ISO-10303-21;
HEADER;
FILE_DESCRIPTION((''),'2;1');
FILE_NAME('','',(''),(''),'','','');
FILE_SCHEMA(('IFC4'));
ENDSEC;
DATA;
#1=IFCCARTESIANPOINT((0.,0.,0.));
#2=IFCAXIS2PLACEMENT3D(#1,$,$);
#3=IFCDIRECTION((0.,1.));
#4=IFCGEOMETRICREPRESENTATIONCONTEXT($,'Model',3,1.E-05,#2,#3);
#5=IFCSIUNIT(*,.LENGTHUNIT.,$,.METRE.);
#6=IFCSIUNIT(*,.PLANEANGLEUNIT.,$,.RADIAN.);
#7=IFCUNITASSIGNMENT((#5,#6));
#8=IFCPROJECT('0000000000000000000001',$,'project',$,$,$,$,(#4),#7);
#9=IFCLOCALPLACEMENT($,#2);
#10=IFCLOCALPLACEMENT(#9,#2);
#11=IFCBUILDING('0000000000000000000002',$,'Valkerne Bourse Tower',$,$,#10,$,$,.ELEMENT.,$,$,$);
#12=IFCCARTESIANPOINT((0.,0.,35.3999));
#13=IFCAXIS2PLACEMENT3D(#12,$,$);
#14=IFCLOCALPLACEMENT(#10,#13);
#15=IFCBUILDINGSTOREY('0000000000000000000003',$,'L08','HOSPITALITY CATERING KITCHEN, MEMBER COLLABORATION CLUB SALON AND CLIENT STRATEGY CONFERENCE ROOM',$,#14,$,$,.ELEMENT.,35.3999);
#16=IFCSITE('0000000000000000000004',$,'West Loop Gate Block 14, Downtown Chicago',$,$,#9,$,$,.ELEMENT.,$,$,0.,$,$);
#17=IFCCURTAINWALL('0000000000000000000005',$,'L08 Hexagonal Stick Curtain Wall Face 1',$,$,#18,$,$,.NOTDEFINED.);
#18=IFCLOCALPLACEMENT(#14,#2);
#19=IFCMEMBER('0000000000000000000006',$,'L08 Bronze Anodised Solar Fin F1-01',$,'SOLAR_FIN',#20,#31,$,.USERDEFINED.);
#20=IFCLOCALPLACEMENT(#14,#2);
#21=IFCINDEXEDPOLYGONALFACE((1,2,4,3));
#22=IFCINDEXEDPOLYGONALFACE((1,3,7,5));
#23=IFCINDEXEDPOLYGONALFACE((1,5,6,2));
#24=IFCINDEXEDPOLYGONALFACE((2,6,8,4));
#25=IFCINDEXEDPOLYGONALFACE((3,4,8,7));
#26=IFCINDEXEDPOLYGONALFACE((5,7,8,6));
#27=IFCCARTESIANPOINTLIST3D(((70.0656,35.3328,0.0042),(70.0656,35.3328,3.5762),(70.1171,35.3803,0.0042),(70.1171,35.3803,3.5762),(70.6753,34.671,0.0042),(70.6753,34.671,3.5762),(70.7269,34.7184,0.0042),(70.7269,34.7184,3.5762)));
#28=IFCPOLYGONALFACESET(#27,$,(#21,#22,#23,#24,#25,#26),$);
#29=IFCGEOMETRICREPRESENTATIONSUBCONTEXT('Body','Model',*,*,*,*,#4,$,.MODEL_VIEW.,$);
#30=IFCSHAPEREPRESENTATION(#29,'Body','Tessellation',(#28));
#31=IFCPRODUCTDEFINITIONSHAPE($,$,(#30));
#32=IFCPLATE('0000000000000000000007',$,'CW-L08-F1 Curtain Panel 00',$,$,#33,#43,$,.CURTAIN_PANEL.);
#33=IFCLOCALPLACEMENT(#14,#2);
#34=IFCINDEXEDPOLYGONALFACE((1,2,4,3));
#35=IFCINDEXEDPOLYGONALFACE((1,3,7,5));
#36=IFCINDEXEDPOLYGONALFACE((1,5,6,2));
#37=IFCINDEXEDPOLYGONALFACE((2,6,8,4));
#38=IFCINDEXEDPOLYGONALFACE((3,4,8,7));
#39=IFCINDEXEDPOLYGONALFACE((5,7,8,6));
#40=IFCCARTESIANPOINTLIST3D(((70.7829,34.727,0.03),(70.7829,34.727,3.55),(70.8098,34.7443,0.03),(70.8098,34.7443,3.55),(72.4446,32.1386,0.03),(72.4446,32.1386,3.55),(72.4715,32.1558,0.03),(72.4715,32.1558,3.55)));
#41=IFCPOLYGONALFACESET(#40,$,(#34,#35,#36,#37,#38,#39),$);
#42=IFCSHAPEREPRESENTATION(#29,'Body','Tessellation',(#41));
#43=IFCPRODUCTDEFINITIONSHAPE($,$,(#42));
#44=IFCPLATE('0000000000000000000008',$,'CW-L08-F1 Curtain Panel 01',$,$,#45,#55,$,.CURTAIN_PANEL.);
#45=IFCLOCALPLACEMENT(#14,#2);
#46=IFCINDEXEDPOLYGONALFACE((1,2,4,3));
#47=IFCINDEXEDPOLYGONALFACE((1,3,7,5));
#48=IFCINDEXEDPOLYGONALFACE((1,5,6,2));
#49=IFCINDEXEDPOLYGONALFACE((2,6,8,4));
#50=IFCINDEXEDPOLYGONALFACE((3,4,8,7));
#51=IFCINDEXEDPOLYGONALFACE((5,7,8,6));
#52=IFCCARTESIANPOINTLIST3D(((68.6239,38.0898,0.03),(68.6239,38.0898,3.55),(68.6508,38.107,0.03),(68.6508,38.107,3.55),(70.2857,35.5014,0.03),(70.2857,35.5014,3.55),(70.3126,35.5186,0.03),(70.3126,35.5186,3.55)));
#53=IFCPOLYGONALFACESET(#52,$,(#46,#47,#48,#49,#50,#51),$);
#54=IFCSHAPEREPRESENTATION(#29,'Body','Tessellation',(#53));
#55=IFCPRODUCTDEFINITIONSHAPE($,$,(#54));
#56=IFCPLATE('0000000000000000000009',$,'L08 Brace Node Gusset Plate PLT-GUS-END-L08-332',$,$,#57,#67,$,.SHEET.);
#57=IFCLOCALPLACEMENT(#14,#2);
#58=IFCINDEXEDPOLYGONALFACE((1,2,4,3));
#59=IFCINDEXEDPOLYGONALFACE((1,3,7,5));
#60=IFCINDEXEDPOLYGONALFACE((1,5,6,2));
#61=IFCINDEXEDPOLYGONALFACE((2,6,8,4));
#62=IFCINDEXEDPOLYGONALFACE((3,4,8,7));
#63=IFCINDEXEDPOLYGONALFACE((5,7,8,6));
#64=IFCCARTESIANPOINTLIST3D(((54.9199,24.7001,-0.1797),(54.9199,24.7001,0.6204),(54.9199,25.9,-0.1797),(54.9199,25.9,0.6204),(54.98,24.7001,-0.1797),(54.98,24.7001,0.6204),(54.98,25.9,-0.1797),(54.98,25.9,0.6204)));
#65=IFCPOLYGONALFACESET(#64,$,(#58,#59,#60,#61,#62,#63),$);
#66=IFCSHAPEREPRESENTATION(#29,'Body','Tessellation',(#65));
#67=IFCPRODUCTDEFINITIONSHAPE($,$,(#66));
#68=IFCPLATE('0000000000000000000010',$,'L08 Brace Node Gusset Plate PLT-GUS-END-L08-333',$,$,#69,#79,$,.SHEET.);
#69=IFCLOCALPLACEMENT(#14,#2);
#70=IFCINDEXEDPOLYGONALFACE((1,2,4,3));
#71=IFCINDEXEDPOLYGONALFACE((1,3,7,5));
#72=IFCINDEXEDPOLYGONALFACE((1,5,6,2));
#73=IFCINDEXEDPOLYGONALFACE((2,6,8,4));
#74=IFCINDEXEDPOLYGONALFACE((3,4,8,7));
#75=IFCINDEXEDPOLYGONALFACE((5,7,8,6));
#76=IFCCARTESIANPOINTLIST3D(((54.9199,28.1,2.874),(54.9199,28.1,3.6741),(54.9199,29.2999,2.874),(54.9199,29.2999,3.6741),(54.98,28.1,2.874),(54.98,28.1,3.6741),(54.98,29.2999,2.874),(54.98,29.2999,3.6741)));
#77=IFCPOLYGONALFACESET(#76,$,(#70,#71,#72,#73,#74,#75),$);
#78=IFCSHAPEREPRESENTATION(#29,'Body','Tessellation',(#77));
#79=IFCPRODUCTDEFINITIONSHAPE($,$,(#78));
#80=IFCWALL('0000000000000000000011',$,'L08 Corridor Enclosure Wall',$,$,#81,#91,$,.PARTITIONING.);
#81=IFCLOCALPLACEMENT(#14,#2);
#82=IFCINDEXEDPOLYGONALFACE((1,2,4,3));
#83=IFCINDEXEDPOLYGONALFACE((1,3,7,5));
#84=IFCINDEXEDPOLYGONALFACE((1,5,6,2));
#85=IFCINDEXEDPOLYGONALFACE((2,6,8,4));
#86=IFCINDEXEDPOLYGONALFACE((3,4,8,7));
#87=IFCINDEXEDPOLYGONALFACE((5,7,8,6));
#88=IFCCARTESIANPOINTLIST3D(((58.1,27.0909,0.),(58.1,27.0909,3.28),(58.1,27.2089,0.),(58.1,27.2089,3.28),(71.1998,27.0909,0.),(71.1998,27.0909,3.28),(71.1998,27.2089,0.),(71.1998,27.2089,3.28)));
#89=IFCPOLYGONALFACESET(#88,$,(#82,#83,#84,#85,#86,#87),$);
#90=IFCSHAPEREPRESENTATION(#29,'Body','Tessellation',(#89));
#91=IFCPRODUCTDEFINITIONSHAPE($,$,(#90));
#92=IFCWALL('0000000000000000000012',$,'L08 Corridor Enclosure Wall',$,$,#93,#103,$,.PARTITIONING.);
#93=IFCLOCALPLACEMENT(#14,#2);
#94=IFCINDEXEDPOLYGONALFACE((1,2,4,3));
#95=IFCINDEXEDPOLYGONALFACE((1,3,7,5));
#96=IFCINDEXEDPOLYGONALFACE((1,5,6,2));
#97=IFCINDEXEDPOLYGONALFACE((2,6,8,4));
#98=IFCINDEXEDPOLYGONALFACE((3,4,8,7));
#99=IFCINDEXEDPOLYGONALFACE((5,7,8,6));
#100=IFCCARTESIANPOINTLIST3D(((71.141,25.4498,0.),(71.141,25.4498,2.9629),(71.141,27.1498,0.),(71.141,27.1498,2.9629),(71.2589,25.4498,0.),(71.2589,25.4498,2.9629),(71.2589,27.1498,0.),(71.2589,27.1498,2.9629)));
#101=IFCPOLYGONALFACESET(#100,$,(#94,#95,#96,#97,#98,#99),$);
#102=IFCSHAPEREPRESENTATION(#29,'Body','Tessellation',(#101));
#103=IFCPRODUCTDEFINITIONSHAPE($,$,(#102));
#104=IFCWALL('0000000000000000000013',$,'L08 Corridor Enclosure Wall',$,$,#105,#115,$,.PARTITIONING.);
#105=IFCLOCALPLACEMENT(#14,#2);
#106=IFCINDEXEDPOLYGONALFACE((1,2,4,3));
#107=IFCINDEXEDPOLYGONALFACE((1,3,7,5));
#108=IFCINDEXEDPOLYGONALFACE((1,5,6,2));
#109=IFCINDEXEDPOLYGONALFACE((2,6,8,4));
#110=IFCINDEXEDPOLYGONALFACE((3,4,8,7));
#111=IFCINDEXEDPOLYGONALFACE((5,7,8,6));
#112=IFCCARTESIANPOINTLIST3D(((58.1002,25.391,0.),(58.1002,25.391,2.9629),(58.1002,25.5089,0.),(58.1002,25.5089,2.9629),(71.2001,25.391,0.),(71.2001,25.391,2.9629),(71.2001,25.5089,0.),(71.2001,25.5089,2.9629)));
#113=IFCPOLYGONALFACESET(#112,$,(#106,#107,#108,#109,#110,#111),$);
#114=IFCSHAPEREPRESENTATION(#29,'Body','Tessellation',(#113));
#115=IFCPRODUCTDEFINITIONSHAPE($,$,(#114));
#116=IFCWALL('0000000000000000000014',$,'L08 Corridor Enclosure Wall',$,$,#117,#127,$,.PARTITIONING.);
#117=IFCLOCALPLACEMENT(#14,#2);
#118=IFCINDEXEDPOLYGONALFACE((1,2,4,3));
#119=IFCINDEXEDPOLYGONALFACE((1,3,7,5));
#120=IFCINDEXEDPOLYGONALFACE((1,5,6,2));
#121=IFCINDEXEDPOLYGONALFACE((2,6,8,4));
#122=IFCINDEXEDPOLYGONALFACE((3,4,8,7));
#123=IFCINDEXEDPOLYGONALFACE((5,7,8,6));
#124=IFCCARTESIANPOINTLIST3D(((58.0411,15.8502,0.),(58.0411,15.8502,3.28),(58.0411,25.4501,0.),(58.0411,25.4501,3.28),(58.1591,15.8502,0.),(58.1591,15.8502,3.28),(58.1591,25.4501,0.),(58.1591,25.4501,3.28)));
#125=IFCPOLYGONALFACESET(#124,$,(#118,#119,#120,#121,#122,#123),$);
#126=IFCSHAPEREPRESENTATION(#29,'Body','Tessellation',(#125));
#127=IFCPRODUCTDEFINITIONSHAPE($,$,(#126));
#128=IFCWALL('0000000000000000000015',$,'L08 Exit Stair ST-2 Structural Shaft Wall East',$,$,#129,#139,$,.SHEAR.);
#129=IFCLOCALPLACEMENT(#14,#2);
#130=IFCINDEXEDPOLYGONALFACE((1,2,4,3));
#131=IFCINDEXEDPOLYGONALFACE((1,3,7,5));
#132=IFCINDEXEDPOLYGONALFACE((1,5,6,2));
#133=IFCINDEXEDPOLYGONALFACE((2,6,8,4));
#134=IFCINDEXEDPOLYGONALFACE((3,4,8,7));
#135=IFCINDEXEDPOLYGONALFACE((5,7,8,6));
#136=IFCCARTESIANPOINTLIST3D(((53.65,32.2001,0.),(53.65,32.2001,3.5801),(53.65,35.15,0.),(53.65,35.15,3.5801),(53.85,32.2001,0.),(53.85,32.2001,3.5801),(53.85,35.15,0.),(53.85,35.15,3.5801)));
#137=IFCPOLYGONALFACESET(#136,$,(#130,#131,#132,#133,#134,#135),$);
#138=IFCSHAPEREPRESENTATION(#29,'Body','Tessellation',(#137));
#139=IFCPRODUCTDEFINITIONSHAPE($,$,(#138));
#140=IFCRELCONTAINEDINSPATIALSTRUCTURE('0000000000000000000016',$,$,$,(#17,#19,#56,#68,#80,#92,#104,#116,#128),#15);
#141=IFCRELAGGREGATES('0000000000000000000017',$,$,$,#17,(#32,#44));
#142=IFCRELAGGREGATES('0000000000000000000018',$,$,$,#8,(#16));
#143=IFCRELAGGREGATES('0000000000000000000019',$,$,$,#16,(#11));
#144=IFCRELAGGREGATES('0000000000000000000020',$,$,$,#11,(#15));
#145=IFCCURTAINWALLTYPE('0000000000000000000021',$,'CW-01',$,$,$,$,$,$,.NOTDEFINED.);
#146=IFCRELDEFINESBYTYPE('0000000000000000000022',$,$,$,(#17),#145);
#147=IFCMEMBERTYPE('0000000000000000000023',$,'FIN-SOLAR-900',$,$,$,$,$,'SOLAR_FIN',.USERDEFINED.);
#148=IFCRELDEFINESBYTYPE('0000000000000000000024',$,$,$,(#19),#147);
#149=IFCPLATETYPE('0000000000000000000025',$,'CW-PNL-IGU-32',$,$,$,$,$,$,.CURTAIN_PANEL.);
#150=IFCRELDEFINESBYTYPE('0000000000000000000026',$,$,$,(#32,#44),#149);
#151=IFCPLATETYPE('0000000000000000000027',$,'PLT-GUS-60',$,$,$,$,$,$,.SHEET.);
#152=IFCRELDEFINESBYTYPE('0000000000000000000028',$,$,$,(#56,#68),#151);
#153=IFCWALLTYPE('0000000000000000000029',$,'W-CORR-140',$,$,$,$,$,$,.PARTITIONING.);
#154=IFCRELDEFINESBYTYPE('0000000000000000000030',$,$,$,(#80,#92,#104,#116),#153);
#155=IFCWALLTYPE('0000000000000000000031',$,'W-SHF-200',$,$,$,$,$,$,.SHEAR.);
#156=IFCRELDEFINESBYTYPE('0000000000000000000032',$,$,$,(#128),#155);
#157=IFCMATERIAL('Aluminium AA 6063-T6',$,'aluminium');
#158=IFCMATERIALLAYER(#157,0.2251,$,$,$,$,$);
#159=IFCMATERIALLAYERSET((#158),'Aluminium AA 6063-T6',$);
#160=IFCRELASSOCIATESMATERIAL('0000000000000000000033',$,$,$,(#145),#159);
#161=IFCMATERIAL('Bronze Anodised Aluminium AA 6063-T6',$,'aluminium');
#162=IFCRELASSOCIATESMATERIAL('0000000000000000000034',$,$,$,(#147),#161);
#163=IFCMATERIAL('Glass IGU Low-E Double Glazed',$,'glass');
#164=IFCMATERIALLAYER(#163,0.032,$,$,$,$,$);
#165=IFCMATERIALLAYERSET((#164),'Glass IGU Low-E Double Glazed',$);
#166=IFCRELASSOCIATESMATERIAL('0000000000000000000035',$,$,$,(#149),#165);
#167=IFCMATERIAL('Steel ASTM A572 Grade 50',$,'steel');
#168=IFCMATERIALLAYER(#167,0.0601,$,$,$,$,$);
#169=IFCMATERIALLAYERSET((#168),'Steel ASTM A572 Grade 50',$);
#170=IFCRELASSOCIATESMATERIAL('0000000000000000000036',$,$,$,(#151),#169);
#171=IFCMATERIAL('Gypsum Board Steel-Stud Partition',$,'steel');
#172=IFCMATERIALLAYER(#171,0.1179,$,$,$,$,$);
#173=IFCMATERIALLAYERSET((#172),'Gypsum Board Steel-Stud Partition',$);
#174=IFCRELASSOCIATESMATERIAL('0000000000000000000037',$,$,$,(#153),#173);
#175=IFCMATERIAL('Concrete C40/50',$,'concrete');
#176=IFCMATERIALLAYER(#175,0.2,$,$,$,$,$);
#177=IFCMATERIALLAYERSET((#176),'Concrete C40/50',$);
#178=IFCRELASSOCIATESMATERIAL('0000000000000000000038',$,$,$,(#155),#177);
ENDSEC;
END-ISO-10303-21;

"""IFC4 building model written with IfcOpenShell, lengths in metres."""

from ifc_helpers import new_model, si_unit, direction, frame, frame_2d, origin, origin_2d, place, context, subcontext, project, spatial, rectangle, extrude, material, layer, layer_set, material_profile, profile_set, type_object, element, aggregate, save


model = new_model("IFC4")

# Units and contexts
model_context = context("Model", 3, precision=1e-05, world=origin(), true_north=direction((0.0, 1.0)))
body_context = subcontext(model_context, "Body", "Model", "MODEL_VIEW")
ifc_project = project(units=[si_unit("LENGTHUNIT", "METRE"), si_unit("PLANEANGLEUNIT", "RADIAN")], contexts=[model_context])

# Site, building, storey
site_placement = place(None, origin())
site = spatial("IfcSite", under=ifc_project, at=site_placement, Name="West Loop Gate Block 14, Downtown Chicago", CompositionType="ELEMENT", RefElevation=0.0)
building_placement = place(site_placement, origin())
building = spatial("IfcBuilding", under=site, at=building_placement, Name="Valkerne Bourse Tower", CompositionType="ELEMENT")
storey_placement = place(building_placement, frame((0.0, 0.0, 35.3999)))
storey = spatial("IfcBuildingStorey", under=building, at=storey_placement, Name="L08", Description="HOSPITALITY CATERING KITCHEN, MEMBER COLLABORATION CLUB SALON AND CLIENT STRATEGY CONFERENCE ROOM", CompositionType="ELEMENT", Elevation=35.3999)

# Curtain wall
ifc_material_1 = material(Name="Aluminium AA 6063-T6", Category="aluminium")
ifc_layer_1 = layer(ifc_material_1, 0.2251)
ifc_layer_set_1 = layer_set([ifc_layer_1], Name="Aluminium AA 6063-T6")
curtain_wall_type = type_object("IfcCurtainWallType", Name="CW-01", PredefinedType="NOTDEFINED", material=ifc_layer_set_1)
curtain_wall_placement = place(storey_placement, origin())
curtain_wall = element("IfcCurtainWall", 1, at=curtain_wall_placement, inside=storey, type_object=curtain_wall_type, Name="L08 Hexagonal Stick Curtain Wall Face 1", PredefinedType="NOTDEFINED")

# Member
ifc_material_2 = material(Name="Bronze Anodised Aluminium AA 6063-T6", Category="aluminium")
ifc_material_profile_1 = material_profile(ifc_material_2, rectangle(XDim=0.0701, YDim=0.8999, at=origin_2d()), Name="FIN-70X900")
ifc_profile_set_1 = profile_set([ifc_material_profile_1], Name="Bronze Anodised Aluminium AA 6063-T6")
member_type_1 = type_object("IfcMemberType", Name="FIN-SOLAR-900", ElementType="SOLAR_FIN", PredefinedType="USERDEFINED", material=ifc_profile_set_1)
member_1_placement = place(storey_placement, frame((70.3962, 35.0256, 0.0042), z_axis=(0.0, 0.0, 1.0), x_axis=(0.735486, 0.67754, 0.0)))
element("IfcMember", 2, at=member_1_placement, inside=storey, type_object=member_type_1, Name="L08 Bronze Anodised Solar Fin F1-01", ObjectType="SOLAR_FIN", PredefinedType="USERDEFINED", context=body_context, shape_type="SweptSolid", body=[
    extrude(rectangle(XDim=0.0701, YDim=0.8999, at=origin_2d()), origin(), (0.0, 0.0, 1.0), 3.572),
])

# Plates
ifc_material_3 = material(Name="Glass IGU Low-E Double Glazed", Category="glass")
ifc_layer_2 = layer(ifc_material_3, 0.032)
ifc_layer_set_2 = layer_set([ifc_layer_2], Name="Glass IGU Low-E Double Glazed")
plate_type_1 = type_object("IfcPlateType", Name="CW-PNL-IGU-32", PredefinedType="CURTAIN_PANEL", material=ifc_layer_set_2)
plate_1_placement = place(storey_placement, frame((71.6272, 33.4414, 0.03), z_axis=(0.0, 0.0, 1.0), x_axis=(-0.540238, 0.841512, 0.0)))
plate_1 = element("IfcPlate", 3, at=plate_1_placement, type_object=plate_type_1, Name="CW-L08-F1 Curtain Panel 00", PredefinedType="CURTAIN_PANEL", context=body_context, shape_type="SweptSolid", body=[
    extrude(rectangle(XDim=3.0759, YDim=0.032, at=origin_2d()), origin(), (0.0, 0.0, 1.0), 3.52),
])
plate_2_placement = place(storey_placement, frame((69.4683, 36.8042, 0.03), z_axis=(0.0, 0.0, 1.0), x_axis=(-0.540249, 0.841505, 0.0)))
plate_2 = element("IfcPlate", 4, at=plate_2_placement, type_object=plate_type_1, Name="CW-L08-F1 Curtain Panel 01", PredefinedType="CURTAIN_PANEL", context=body_context, shape_type="SweptSolid", body=[
    extrude(rectangle(XDim=3.0759, YDim=0.032, at=origin_2d()), origin(), (0.0, 0.0, 1.0), 3.52),
])
aggregate(curtain_wall, [plate_1, plate_2])

# Plates
ifc_material_4 = material(Name="Steel ASTM A572 Grade 50", Category="steel")
ifc_layer_3 = layer(ifc_material_4, 0.0601)
ifc_layer_set_3 = layer_set([ifc_layer_3], Name="Steel ASTM A572 Grade 50")
plate_type_2 = type_object("IfcPlateType", Name="PLT-GUS-60", PredefinedType="SHEET", material=ifc_layer_set_3)
for number, where, z_axis, x_axis, name in (
    (5, (54.95, 25.3, -0.1797), (0.0, 0.0, 1.0), (0.0, 1.0, 0.0), "L08 Brace Node Gusset Plate PLT-GUS-END-L08-332"),
    (6, (54.95, 28.7, 2.874), (0.0, 0.0, 1.0), (0.0, 1.0, 0.0), "L08 Brace Node Gusset Plate PLT-GUS-END-L08-333"),
):
    element("IfcPlate", number, at=place(storey_placement, frame(where, z_axis=z_axis, x_axis=x_axis)), inside=storey, type_object=plate_type_2, Name=name, PredefinedType="SHEET", context=body_context, shape_type="SweptSolid", body=[
        extrude(rectangle(XDim=1.2, YDim=0.0601, at=origin_2d()), origin(), (0.0, 0.0, 1.0), 0.8),
    ])

# Walls
ifc_material_5 = material(Name="Gypsum Board Steel-Stud Partition", Category="steel")
ifc_layer_4 = layer(ifc_material_5, 0.1179)
ifc_layer_set_4 = layer_set([ifc_layer_4], Name="Gypsum Board Steel-Stud Partition")
wall_type_1 = type_object("IfcWallType", Name="W-CORR-140", PredefinedType="PARTITIONING", material=ifc_layer_set_4)
wall_1_placement = place(storey_placement, frame((58.1001, 27.1499, 0.0), z_axis=(0.0, 0.0, 1.0), x_axis=(1.0, 0.0, 0.0)))
element("IfcWall", 7, at=wall_1_placement, inside=storey, type_object=wall_type_1, Name="L08 Corridor Enclosure Wall", PredefinedType="PARTITIONING", context=body_context, shape_type="SweptSolid", body=[
    extrude(rectangle(XDim=13.0999, YDim=0.1179, at=frame_2d((6.5498, 0.0))), origin(), (0.0, 0.0, 1.0), 3.28),
])
wall_2_placement = place(storey_placement, frame((71.2, 27.1499, 0.0), z_axis=(0.0, 0.0, 1.0), x_axis=(0.0, -1.0, 0.0)))
element("IfcWall", 8, at=wall_2_placement, inside=storey, type_object=wall_type_1, Name="L08 Corridor Enclosure Wall", PredefinedType="PARTITIONING", context=body_context, shape_type="SweptSolid", body=[
    extrude(rectangle(XDim=1.7, YDim=0.1179, at=frame_2d((0.8501, 0.0))), origin(), (0.0, 0.0, 1.0), 2.9629),
])
wall_3_placement = place(storey_placement, frame((71.2, 25.45, 0.0), z_axis=(0.0, 0.0, 1.0), x_axis=(-1.0, 0.0, 0.0)))
element("IfcWall", 9, at=wall_3_placement, inside=storey, type_object=wall_type_1, Name="L08 Corridor Enclosure Wall", PredefinedType="PARTITIONING", context=body_context, shape_type="SweptSolid", body=[
    extrude(rectangle(XDim=13.0999, YDim=0.1179, at=frame_2d((6.5498, 0.0))), origin(), (0.0, 0.0, 1.0), 2.9629),
])
wall_4_placement = place(storey_placement, frame((58.1001, 25.45, 0.0), z_axis=(0.0, 0.0, 1.0), x_axis=(0.0, -1.0, 0.0)))
element("IfcWall", 10, at=wall_4_placement, inside=storey, type_object=wall_type_1, Name="L08 Corridor Enclosure Wall", PredefinedType="PARTITIONING", context=body_context, shape_type="SweptSolid", body=[
    extrude(rectangle(XDim=9.5999, YDim=0.1179, at=frame_2d((4.7998, 0.0))), origin(), (0.0, 0.0, 1.0), 3.28),
])

# Wall
ifc_material_6 = material(Name="Concrete C40/50", Category="concrete")
ifc_layer_5 = layer(ifc_material_6, 0.2)
ifc_layer_set_5 = layer_set([ifc_layer_5], Name="Concrete C40/50")
wall_type_2 = type_object("IfcWallType", Name="W-SHF-200", PredefinedType="SHEAR", material=ifc_layer_set_5)
wall_5_placement = place(storey_placement, frame((53.75, 32.2, 0.0), z_axis=(0.0, 0.0, 1.0), x_axis=(0.0, 1.0, 0.0)))
element("IfcWall", 11, at=wall_5_placement, inside=storey, type_object=wall_type_2, Name="L08 Exit Stair ST-2 Structural Shaft Wall East", PredefinedType="SHEAR", context=body_context, shape_type="SweptSolid", body=[
    extrude(rectangle(XDim=2.95, YDim=0.2, at=frame_2d((1.4751, 0.0))), origin(), (0.0, 0.0, 1.0), 3.5801),
])

save(model, "model.ifc")
